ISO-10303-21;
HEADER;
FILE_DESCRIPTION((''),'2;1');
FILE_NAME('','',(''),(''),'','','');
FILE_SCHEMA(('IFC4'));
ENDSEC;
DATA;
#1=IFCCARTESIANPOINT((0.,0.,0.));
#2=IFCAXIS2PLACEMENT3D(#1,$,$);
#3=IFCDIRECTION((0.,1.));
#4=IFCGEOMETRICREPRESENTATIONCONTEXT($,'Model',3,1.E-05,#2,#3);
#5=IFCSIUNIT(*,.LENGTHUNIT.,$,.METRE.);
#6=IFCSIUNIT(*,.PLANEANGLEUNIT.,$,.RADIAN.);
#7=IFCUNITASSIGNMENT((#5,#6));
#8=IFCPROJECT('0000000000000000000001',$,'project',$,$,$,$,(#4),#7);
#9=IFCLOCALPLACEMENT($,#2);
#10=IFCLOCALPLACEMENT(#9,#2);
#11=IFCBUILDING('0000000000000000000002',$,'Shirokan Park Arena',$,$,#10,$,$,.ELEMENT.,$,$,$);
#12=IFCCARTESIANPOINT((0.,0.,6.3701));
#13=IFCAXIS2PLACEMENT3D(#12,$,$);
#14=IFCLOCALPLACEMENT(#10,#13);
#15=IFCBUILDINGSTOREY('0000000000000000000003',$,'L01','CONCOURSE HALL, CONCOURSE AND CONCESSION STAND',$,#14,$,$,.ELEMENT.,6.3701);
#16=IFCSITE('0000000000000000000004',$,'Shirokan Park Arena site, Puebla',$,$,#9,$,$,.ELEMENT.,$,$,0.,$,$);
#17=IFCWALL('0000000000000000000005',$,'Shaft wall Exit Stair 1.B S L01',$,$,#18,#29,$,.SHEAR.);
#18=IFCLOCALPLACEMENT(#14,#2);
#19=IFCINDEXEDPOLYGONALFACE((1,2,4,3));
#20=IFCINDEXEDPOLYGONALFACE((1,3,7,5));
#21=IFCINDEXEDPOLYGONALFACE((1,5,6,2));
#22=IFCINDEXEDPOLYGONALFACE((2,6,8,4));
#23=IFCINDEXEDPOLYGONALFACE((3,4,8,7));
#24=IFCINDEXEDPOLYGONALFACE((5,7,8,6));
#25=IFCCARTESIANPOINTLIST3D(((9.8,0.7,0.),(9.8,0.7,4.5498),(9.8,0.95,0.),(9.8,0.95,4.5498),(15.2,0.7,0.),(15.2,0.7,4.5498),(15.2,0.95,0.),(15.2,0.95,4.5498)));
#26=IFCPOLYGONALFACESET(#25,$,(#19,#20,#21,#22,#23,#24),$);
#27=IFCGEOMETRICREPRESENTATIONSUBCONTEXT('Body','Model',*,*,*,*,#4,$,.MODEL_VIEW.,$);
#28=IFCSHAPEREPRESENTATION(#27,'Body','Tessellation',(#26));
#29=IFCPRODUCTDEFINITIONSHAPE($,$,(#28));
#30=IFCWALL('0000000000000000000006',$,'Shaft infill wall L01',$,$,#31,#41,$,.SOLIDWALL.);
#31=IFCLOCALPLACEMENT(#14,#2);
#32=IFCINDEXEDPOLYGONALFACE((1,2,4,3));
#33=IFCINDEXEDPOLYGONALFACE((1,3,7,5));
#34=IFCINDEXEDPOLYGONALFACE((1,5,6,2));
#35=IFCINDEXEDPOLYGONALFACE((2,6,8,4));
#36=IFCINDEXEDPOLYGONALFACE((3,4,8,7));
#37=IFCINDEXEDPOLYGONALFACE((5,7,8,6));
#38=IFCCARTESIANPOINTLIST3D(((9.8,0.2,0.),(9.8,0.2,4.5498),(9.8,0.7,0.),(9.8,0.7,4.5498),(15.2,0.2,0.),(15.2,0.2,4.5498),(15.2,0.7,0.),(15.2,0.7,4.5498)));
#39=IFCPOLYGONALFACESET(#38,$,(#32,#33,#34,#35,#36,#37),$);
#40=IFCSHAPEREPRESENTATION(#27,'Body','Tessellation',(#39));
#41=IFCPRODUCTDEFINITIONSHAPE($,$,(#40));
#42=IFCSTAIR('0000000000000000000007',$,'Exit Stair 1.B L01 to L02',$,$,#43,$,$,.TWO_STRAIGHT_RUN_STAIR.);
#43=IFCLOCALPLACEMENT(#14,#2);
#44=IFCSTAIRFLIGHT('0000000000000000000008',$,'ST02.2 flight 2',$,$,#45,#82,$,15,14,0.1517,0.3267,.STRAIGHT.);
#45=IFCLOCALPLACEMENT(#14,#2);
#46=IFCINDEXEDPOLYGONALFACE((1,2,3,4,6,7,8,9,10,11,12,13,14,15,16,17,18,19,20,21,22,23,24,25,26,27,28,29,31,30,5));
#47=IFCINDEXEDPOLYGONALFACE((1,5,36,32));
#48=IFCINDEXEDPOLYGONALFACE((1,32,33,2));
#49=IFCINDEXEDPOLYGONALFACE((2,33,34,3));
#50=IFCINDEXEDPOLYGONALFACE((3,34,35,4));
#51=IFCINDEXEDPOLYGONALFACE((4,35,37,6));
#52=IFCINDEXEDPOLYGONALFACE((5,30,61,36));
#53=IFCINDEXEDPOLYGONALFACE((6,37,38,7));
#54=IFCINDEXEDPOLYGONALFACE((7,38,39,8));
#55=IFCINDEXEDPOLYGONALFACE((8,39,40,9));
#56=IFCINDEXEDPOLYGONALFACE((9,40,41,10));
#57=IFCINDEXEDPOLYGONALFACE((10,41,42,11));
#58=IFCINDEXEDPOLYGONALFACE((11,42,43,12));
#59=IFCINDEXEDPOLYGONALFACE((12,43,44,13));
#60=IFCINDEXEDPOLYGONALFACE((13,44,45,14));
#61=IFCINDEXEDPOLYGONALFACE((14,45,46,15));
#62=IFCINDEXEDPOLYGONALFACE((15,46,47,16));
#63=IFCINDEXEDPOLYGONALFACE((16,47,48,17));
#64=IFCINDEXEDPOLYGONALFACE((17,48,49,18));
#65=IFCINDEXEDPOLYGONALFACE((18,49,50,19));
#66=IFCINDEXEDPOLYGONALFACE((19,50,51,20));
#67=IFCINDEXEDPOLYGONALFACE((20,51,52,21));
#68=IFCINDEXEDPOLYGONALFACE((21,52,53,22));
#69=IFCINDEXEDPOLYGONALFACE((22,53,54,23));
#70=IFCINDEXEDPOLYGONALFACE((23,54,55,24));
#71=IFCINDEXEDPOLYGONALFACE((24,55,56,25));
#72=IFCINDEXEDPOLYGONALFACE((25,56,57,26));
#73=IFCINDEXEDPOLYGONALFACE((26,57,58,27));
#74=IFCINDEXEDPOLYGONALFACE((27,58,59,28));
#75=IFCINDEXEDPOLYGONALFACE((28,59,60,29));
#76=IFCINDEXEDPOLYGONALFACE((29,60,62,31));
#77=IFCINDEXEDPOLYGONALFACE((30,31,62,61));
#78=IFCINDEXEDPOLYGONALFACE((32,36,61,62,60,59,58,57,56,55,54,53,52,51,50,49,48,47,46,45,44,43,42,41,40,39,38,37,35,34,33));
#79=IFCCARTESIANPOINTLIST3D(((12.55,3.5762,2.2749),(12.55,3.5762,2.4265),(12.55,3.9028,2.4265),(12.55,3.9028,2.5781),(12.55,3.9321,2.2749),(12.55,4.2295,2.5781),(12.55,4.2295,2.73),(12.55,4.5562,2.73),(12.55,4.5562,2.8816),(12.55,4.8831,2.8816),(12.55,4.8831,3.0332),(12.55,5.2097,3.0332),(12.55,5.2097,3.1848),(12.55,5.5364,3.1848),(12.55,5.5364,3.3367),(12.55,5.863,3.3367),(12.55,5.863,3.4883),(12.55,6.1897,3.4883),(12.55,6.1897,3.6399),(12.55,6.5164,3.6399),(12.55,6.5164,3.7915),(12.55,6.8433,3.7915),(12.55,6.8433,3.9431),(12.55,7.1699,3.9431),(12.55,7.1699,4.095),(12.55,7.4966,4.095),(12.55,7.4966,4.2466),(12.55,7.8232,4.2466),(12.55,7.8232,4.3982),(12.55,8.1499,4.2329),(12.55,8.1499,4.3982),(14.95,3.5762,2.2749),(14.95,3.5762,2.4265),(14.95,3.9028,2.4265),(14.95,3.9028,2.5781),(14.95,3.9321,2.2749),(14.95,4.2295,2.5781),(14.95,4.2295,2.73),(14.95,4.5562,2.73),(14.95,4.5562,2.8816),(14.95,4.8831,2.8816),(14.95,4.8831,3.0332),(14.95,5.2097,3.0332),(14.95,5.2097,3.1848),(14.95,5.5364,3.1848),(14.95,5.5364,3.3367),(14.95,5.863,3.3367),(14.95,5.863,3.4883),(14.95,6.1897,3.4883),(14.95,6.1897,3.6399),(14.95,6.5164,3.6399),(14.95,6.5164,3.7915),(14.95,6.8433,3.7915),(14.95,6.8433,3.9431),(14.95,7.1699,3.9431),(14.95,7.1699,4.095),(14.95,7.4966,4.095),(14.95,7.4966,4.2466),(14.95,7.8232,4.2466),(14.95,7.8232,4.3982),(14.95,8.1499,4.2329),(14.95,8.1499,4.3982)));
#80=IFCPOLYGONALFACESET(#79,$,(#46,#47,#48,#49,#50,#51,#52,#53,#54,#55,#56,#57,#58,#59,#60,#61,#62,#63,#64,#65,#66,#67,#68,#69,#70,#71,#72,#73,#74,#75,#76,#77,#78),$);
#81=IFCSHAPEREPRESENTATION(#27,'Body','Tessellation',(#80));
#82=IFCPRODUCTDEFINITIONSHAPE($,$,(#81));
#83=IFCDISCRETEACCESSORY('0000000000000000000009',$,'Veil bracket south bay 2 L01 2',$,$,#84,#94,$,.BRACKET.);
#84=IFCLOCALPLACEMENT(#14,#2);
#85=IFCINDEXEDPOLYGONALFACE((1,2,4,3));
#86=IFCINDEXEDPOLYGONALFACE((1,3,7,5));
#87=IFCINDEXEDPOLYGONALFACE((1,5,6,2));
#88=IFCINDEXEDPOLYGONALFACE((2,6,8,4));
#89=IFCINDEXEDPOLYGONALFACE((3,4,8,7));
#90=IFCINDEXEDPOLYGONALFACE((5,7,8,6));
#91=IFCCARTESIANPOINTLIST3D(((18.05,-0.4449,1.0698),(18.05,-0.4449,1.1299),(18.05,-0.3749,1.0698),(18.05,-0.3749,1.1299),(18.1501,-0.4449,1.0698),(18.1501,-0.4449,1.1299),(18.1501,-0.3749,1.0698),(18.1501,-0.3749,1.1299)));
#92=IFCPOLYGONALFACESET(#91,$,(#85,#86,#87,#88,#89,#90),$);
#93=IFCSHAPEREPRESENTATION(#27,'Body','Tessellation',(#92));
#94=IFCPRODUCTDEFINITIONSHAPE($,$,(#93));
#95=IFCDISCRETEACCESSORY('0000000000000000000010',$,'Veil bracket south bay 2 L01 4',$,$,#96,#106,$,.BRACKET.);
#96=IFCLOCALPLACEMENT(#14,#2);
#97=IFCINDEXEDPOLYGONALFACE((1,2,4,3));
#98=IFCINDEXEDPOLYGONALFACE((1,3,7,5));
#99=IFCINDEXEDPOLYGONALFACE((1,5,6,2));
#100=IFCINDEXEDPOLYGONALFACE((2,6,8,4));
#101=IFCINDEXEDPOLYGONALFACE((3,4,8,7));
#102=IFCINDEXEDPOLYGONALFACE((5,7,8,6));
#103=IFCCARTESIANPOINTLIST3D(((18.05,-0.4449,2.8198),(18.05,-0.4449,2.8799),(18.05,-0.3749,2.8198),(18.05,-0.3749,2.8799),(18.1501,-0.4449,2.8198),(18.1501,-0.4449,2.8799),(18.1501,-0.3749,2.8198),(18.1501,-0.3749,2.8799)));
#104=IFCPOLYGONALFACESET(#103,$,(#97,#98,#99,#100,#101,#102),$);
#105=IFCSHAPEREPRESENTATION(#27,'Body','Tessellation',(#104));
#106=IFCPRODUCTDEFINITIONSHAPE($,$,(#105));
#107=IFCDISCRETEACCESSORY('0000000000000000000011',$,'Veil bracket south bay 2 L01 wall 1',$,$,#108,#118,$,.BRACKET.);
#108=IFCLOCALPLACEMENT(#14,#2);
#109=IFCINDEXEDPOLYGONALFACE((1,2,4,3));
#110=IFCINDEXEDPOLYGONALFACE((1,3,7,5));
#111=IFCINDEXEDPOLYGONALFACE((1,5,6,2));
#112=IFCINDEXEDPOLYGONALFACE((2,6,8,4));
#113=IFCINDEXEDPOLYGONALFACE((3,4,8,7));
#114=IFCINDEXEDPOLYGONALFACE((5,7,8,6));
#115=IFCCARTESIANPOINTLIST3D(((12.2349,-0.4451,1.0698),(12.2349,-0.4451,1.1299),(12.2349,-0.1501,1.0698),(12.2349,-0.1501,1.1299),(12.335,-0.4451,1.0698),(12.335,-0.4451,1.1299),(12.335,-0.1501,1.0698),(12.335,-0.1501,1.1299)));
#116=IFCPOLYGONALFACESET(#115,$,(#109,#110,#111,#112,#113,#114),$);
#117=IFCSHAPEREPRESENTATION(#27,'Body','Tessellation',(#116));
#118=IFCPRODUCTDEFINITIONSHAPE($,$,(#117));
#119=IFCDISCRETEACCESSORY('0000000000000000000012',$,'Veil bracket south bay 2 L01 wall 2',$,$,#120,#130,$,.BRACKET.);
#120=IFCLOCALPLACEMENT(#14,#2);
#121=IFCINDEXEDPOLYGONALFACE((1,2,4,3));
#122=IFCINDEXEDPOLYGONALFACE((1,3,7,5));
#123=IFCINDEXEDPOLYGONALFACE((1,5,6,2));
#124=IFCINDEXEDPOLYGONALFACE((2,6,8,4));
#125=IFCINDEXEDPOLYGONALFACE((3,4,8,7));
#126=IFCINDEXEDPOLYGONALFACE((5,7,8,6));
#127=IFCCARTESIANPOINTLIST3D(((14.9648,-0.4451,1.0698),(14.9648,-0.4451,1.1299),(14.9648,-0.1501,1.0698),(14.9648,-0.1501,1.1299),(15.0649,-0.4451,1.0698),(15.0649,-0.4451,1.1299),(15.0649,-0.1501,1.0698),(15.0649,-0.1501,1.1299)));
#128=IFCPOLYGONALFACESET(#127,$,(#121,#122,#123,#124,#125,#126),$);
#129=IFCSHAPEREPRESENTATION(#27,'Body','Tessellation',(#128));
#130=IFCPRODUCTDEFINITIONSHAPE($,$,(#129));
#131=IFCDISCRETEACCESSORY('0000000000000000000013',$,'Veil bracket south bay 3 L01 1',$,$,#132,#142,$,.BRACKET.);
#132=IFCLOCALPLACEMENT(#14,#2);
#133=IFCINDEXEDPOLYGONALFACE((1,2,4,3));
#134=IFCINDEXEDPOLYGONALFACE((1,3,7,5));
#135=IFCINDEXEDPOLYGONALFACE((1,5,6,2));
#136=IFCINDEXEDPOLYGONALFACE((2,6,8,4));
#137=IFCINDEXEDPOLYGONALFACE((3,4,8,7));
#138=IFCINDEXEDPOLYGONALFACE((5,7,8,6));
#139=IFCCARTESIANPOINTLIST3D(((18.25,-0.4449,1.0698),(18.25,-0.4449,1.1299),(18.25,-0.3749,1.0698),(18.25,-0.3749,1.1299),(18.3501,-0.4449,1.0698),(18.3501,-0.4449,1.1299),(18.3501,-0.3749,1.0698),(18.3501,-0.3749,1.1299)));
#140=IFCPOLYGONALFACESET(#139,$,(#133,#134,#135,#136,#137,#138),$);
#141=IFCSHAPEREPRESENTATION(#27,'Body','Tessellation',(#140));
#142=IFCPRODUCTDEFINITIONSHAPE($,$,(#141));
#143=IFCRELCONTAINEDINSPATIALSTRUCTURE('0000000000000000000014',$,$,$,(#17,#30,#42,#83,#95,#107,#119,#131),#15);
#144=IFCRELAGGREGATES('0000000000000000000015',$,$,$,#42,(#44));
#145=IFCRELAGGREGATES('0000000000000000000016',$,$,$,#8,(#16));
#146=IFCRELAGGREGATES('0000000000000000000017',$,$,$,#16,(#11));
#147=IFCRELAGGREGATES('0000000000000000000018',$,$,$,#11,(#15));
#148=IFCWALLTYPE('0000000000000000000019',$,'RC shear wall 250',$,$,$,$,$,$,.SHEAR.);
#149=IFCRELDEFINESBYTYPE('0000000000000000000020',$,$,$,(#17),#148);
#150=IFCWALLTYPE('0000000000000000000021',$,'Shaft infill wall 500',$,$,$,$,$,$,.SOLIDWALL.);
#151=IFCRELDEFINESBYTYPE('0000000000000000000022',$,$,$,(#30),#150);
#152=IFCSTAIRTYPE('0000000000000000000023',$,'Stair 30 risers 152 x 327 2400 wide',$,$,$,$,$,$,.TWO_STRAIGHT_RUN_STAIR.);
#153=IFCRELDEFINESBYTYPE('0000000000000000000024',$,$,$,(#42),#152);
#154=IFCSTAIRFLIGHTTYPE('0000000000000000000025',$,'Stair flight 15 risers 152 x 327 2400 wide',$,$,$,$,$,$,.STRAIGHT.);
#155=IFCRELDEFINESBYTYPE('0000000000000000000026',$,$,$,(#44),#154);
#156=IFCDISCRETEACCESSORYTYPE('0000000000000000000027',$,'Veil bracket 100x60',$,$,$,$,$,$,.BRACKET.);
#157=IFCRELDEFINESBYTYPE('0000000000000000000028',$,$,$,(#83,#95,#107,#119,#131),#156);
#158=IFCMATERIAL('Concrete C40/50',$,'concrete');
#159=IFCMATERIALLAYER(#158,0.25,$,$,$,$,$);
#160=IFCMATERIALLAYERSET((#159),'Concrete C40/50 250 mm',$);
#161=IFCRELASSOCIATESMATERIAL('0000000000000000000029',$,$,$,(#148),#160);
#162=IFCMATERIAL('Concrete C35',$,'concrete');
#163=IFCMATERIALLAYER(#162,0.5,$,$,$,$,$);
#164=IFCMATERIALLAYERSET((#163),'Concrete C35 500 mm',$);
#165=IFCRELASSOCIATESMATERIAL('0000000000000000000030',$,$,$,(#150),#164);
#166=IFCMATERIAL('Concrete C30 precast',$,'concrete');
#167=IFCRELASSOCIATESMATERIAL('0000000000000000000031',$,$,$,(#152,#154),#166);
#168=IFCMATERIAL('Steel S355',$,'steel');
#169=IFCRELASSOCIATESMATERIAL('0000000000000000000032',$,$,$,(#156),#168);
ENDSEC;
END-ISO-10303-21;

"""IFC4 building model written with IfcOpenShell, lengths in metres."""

from ifc_helpers import new_model, si_unit, direction, frame, frame_2d, origin, origin_2d, place, context, subcontext, project, spatial, polyline, rectangle, outline, extrude, material, layer, layer_set, type_object, element, aggregate, save


model = new_model("IFC4")

# Units and contexts
model_context = context("Model", 3, precision=1e-05, world=origin(), true_north=direction((0.0, 1.0)))
body_context = subcontext(model_context, "Body", "Model", "MODEL_VIEW")
ifc_project = project(units=[si_unit("LENGTHUNIT", "METRE"), si_unit("PLANEANGLEUNIT", "RADIAN")], contexts=[model_context])

# Site, building, storey
site_placement = place(None, origin())
site = spatial("IfcSite", under=ifc_project, at=site_placement, Name="Shirokan Park Arena site, Puebla", CompositionType="ELEMENT", RefElevation=0.0)
building_placement = place(site_placement, origin())
building = spatial("IfcBuilding", under=site, at=building_placement, Name="Shirokan Park Arena", CompositionType="ELEMENT")
storey_placement = place(building_placement, frame((0.0, 0.0, 6.3701)))
storey = spatial("IfcBuildingStorey", under=building, at=storey_placement, Name="L01", Description="CONCOURSE HALL, CONCOURSE AND CONCESSION STAND", CompositionType="ELEMENT", Elevation=6.3701)

# Shared definitions
ifc_material_1 = material(Name="Concrete C35", Category="concrete")

# Shared definitions
ifc_material_2 = material(Name="Steel S355", Category="steel")

# Walls
ifc_material_3 = material(Name="Concrete C40/50", Category="concrete")
ifc_layer_1 = layer(ifc_material_3, 0.25)
ifc_layer_set_1 = layer_set([ifc_layer_1], Name="Concrete C40/50 250 mm")
wall_type_1 = type_object("IfcWallType", Name="RC shear wall 250", PredefinedType="SHEAR", material=ifc_layer_set_1)
wall_1_placement = place(storey_placement, frame((15.2, 0.825, 0.0), z_axis=(0.0, 0.0, 1.0), x_axis=(-1.0, 0.0, 0.0)))
element("IfcWall", 1, at=wall_1_placement, inside=storey, type_object=wall_type_1, Name="Shaft wall Exit Stair 1.B S L01", PredefinedType="SHEAR", context=body_context, shape_type="SweptSolid", body=[
    extrude(rectangle(XDim=5.3999, YDim=0.25, at=frame_2d((2.7, 0.0))), origin(), (0.0, 0.0, 1.0), 4.5498),
])
ifc_layer_2 = layer(ifc_material_1, 0.5)
ifc_layer_set_2 = layer_set([ifc_layer_2], Name="Concrete C35 500 mm")
wall_type_2 = type_object("IfcWallType", Name="Shaft infill wall 500", PredefinedType="SOLIDWALL", material=ifc_layer_set_2)
wall_2_placement = place(storey_placement, frame((9.8, 0.45, 0.0), z_axis=(0.0, 0.0, 1.0), x_axis=(1.0, 0.0, 0.0)))
element("IfcWall", 2, at=wall_2_placement, inside=storey, type_object=wall_type_2, Name="Shaft infill wall L01", PredefinedType="SOLIDWALL", context=body_context, shape_type="SweptSolid", body=[
    extrude(rectangle(XDim=5.3999, YDim=0.5, at=frame_2d((2.7, 0.0))), origin(), (0.0, 0.0, 1.0), 4.5498),
])

# Stair, stair flight
ifc_material_4 = material(Name="Concrete C30 precast", Category="concrete")
stair_type = type_object("IfcStairType", Name="Stair 30 risers 152 x 327 2400 wide", PredefinedType="TWO_STRAIGHT_RUN_STAIR", material=ifc_material_4)
stair_placement = place(storey_placement, origin())
stair = element("IfcStair", 3, at=stair_placement, inside=storey, type_object=stair_type, Name="Exit Stair 1.B L01 to L02", PredefinedType="TWO_STRAIGHT_RUN_STAIR")
stair_flight_type = type_object("IfcStairFlightType", Name="Stair flight 15 risers 152 x 327 2400 wide", PredefinedType="STRAIGHT", material=ifc_material_4)
stair_flight_placement = place(storey_placement, frame((13.75, 3.5762, 2.2749), z_axis=(0.0, 0.0, 1.0), x_axis=(0.0, 1.0, 0.0)))
stair_flight = element("IfcStairFlight", 4, at=stair_flight_placement, type_object=stair_flight_type, Name="ST02.2 flight 2", NumberOfRisers=15, NumberOfTreads=14, PredefinedType="STRAIGHT", RiserHeight=0.1517, TreadLength=0.3267, context=body_context, shape_type="SweptSolid", body=[
    extrude(outline(polyline([(0.0, 0.0), (0.0, 0.1516), (0.3267, 0.1516), (0.3267, 0.3032), (0.6533, 0.3032), (0.6533, 0.4551), (0.98, 0.4551), (0.98, 0.6067), (1.3069, 0.6067), (1.3069, 0.7583), (1.6335, 0.7583), (1.6335, 0.9099), (1.9602, 0.9099), (1.9602, 1.0618), (2.2869, 1.0618), (2.2869, 1.2134), (2.6135, 1.2134), (2.6135, 1.365), (2.9402, 1.365), (2.9402, 1.5166), (3.2671, 1.5166), (3.2671, 1.6682), (3.5938, 1.6682), (3.5938, 1.8201), (3.9204, 1.8201), (3.9204, 1.9717), (4.2471, 1.9717), (4.2471, 2.1233), (4.5737, 2.1233), (4.5737, 2.2749), (4.5737, 1.958), (0.356, 0.0), (0.0, 0.0)])), frame((0.0, 1.2, 0.0), z_axis=(0.0, -1.0, 0.0), x_axis=(1.0, 0.0, 0.0)), (0.0, 0.0, 1.0), 2.3999),
])
aggregate(stair, [stair_flight])

# Discrete accessories
discrete_accessory_type = type_object("IfcDiscreteAccessoryType", Name="Veil bracket 100x60", PredefinedType="BRACKET", material=ifc_material_2)
for number, where, z_axis, x_axis, name in (
    (5, (18.1001, -0.4099, 1.0698), (0.0, 0.0, 1.0), (1.0, 0.0, 0.0), "Veil bracket south bay 2 L01 2"),
    (6, (18.1001, -0.4099, 2.8198), (0.0, 0.0, 1.0), (1.0, 0.0, 0.0), "Veil bracket south bay 2 L01 4"),
):
    element("IfcDiscreteAccessory", number, at=place(storey_placement, frame(where, z_axis=z_axis, x_axis=x_axis)), inside=storey, type_object=discrete_accessory_type, Name=name, PredefinedType="BRACKET", context=body_context, shape_type="SweptSolid", body=[
        extrude(rectangle(XDim=0.1001, YDim=0.0701, at=origin_2d()), origin(), (0.0, 0.0, 1.0), 0.0601),
    ])
for number, where, z_axis, x_axis, name in (
    (7, (12.2849, -0.2976, 1.0698), (0.0, 0.0, 1.0), (1.0, 0.0, 0.0), "Veil bracket south bay 2 L01 wall 1"),
    (8, (15.0149, -0.2976, 1.0698), (0.0, 0.0, 1.0), (1.0, 0.0, 0.0), "Veil bracket south bay 2 L01 wall 2"),
):
    element("IfcDiscreteAccessory", number, at=place(storey_placement, frame(where, z_axis=z_axis, x_axis=x_axis)), inside=storey, type_object=discrete_accessory_type, Name=name, PredefinedType="BRACKET", context=body_context, shape_type="SweptSolid", body=[
        extrude(rectangle(XDim=0.1001, YDim=0.2949, at=origin_2d()), origin(), (0.0, 0.0, 1.0), 0.0601),
    ])
discrete_accessory_placement = place(storey_placement, frame((18.3, -0.4099, 1.0698), z_axis=(0.0, 0.0, 1.0), x_axis=(1.0, 0.0, 0.0)))
element("IfcDiscreteAccessory", 9, at=discrete_accessory_placement, inside=storey, type_object=discrete_accessory_type, Name="Veil bracket south bay 3 L01 1", PredefinedType="BRACKET", context=body_context, shape_type="SweptSolid", body=[
    extrude(rectangle(XDim=0.1001, YDim=0.0701, at=origin_2d()), origin(), (0.0, 0.0, 1.0), 0.0601),
])

save(model, "model.ifc")
